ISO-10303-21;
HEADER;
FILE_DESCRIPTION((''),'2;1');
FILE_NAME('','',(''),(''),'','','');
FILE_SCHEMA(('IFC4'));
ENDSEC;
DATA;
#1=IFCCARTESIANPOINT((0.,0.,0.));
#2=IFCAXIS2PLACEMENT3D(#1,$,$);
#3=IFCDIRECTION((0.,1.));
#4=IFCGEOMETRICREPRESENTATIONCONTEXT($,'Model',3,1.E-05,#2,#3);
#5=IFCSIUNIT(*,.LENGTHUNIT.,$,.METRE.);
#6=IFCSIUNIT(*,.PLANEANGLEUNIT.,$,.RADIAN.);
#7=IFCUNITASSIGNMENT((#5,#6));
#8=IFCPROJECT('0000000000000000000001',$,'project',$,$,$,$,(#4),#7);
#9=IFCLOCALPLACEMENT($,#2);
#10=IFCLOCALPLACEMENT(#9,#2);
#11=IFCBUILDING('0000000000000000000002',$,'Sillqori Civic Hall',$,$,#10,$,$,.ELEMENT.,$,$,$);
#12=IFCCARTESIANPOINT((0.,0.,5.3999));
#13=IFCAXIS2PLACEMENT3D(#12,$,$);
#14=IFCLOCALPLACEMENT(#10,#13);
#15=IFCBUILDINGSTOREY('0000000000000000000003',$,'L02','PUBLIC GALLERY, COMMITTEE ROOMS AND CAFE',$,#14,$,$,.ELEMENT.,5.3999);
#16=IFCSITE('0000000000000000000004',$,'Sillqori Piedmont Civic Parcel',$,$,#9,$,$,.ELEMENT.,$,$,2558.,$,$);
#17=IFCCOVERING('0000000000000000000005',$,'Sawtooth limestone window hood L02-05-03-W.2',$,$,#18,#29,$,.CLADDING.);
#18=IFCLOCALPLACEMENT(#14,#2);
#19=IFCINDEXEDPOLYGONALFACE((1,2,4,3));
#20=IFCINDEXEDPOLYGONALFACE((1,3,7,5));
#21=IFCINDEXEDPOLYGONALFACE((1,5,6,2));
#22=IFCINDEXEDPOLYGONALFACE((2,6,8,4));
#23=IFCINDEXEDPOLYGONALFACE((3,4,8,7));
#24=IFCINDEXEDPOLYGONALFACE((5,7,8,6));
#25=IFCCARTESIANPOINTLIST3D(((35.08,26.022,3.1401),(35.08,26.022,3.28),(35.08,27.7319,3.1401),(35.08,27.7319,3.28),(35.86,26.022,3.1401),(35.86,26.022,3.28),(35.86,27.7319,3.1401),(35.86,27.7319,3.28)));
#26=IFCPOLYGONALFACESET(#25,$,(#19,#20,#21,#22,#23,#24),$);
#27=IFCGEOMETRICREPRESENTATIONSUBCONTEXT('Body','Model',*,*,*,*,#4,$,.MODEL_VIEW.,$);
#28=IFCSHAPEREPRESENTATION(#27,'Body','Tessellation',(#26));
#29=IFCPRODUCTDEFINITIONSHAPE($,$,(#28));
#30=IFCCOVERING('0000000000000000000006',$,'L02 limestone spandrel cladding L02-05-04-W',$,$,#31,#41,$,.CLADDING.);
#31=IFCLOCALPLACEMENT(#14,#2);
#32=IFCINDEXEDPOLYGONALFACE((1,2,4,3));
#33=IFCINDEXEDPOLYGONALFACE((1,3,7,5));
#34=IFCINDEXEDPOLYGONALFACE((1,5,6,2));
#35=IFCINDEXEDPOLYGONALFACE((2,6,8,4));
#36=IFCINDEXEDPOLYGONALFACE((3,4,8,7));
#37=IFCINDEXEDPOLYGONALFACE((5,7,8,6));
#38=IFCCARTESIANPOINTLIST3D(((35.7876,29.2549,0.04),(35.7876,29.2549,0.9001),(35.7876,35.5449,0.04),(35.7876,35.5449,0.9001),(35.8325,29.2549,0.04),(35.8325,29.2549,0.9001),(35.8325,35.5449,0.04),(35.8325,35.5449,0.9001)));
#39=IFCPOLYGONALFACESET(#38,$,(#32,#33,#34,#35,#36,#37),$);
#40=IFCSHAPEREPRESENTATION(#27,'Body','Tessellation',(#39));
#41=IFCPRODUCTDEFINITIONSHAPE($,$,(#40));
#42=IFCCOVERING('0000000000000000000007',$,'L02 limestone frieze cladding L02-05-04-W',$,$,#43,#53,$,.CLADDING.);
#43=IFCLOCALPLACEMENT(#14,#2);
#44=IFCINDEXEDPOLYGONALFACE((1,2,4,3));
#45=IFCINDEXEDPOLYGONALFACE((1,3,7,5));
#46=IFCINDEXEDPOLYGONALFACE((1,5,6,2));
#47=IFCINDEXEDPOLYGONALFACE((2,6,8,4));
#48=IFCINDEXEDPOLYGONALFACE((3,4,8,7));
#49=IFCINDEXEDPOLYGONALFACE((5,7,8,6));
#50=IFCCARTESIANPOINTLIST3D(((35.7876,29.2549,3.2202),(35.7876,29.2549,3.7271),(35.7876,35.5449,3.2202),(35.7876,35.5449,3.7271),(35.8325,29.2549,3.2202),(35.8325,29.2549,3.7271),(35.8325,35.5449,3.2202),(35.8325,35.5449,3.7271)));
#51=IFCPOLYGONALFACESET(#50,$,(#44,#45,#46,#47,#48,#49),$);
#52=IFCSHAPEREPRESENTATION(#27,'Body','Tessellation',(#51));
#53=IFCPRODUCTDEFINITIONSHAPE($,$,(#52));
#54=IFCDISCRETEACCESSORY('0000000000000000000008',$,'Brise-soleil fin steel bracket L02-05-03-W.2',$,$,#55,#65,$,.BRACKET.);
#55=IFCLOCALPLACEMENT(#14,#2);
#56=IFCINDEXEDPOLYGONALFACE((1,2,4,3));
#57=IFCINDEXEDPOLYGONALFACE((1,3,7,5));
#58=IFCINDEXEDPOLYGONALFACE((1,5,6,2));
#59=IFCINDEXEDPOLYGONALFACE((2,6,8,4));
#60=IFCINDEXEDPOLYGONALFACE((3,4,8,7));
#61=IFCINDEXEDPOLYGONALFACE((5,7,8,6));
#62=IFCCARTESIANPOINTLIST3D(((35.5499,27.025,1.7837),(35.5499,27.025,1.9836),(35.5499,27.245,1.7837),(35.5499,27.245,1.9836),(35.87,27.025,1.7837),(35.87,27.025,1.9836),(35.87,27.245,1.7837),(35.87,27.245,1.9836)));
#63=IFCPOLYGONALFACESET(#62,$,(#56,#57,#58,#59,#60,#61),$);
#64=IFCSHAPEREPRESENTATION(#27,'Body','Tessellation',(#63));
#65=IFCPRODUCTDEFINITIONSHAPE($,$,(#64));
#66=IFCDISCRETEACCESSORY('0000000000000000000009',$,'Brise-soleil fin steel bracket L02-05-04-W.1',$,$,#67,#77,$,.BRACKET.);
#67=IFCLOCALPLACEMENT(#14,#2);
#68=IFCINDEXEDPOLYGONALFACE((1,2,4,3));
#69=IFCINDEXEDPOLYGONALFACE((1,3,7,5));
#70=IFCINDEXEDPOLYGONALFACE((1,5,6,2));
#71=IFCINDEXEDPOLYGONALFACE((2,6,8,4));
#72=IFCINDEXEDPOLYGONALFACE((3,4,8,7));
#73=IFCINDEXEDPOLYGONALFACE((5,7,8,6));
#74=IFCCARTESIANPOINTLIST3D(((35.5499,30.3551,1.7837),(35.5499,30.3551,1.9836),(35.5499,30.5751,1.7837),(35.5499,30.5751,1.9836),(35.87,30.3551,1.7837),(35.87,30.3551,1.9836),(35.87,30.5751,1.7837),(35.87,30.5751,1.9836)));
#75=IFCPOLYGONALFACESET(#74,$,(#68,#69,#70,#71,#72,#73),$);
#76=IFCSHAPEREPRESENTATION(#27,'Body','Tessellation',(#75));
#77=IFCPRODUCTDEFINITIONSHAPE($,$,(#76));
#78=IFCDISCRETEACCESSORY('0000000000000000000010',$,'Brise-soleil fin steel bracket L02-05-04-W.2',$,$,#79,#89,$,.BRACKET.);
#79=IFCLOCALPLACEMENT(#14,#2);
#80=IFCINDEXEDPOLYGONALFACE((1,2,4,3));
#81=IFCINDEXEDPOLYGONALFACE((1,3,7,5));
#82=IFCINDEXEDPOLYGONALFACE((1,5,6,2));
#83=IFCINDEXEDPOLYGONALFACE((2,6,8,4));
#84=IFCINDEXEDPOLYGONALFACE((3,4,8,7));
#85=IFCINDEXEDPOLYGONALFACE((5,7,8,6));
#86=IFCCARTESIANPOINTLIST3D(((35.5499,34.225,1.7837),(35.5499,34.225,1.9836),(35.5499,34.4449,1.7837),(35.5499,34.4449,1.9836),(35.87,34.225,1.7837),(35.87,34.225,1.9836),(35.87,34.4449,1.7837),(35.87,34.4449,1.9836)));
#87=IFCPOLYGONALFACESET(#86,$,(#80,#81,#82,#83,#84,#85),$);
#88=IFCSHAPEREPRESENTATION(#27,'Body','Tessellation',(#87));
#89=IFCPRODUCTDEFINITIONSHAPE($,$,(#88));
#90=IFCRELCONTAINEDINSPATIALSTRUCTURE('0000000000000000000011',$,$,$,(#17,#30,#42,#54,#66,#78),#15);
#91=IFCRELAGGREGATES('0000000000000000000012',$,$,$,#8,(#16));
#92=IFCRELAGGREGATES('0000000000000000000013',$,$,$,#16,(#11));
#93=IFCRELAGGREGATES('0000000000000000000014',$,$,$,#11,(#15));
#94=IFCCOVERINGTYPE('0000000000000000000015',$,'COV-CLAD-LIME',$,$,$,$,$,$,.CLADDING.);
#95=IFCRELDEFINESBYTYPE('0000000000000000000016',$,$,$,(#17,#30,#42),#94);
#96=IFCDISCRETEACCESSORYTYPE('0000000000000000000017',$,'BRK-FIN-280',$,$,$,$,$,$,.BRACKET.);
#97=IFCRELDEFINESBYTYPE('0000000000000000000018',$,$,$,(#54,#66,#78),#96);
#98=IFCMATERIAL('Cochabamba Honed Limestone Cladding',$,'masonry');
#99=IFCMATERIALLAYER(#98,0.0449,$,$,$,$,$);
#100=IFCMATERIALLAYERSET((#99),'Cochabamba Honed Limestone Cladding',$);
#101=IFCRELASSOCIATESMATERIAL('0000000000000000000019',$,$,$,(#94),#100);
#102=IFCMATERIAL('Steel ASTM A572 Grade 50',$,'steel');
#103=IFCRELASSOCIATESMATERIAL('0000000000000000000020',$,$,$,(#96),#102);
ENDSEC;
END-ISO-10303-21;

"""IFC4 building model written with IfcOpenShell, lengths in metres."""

from ifc_helpers import new_model, si_unit, direction, frame, frame_2d, origin, origin_2d, place, context, subcontext, project, spatial, rectangle, extrude, material, layer, layer_set, type_object, element, save


model = new_model("IFC4")

# Units and contexts
model_context = context("Model", 3, precision=1e-05, world=origin(), true_north=direction((0.0, 1.0)))
body_context = subcontext(model_context, "Body", "Model", "MODEL_VIEW")
ifc_project = project(units=[si_unit("LENGTHUNIT", "METRE"), si_unit("PLANEANGLEUNIT", "RADIAN")], contexts=[model_context])

# Site, building, storey
site_placement = place(None, origin())
site = spatial("IfcSite", under=ifc_project, at=site_placement, Name="Sillqori Piedmont Civic Parcel", CompositionType="ELEMENT", RefElevation=2558.0)
building_placement = place(site_placement, origin())
building = spatial("IfcBuilding", under=site, at=building_placement, Name="Sillqori Civic Hall", CompositionType="ELEMENT")
storey_placement = place(building_placement, frame((0.0, 0.0, 5.3999)))
storey = spatial("IfcBuildingStorey", under=building, at=storey_placement, Name="L02", Description="PUBLIC GALLERY, COMMITTEE ROOMS AND CAFE", CompositionType="ELEMENT", Elevation=5.3999)

# Coverings
ifc_material_1 = material(Name="Cochabamba Honed Limestone Cladding", Category="masonry")
ifc_layer_1 = layer(ifc_material_1, 0.0449)
ifc_layer_set_1 = layer_set([ifc_layer_1], Name="Cochabamba Honed Limestone Cladding")
covering_type = type_object("IfcCoveringType", Name="COV-CLAD-LIME", PredefinedType="CLADDING", material=ifc_layer_set_1)
covering_1_placement = place(storey_placement, frame((35.47, 26.022, 3.1401), z_axis=(0.0, 0.0, 1.0), x_axis=(0.0, 1.0, 0.0)))
element("IfcCovering", 1, at=covering_1_placement, inside=storey, type_object=covering_type, Name="Sawtooth limestone window hood L02-05-03-W.2", PredefinedType="CLADDING", context=body_context, shape_type="SweptSolid", body=[
    extrude(rectangle(XDim=1.71, YDim=0.78, at=frame_2d((0.855, 0.0))), origin(), (0.0, 0.0, 1.0), 0.1399),
])
covering_2_placement = place(storey_placement, frame((35.8101, 29.2549, 0.04), z_axis=(0.0, 0.0, 1.0), x_axis=(0.0, 1.0, 0.0)))
element("IfcCovering", 2, at=covering_2_placement, inside=storey, type_object=covering_type, Name="L02 limestone spandrel cladding L02-05-04-W", PredefinedType="CLADDING", context=body_context, shape_type="SweptSolid", body=[
    extrude(rectangle(XDim=6.29, YDim=0.0449, at=frame_2d((3.145, 0.0))), origin(), (0.0, 0.0, 1.0), 0.8601),
])
covering_3_placement = place(storey_placement, frame((35.8101, 29.2549, 3.2202), z_axis=(0.0, 0.0, 1.0), x_axis=(0.0, 1.0, 0.0)))
element("IfcCovering", 3, at=covering_3_placement, inside=storey, type_object=covering_type, Name="L02 limestone frieze cladding L02-05-04-W", PredefinedType="CLADDING", context=body_context, shape_type="SweptSolid", body=[
    extrude(rectangle(XDim=6.29, YDim=0.0449, at=frame_2d((3.145, 0.0))), origin(), (0.0, 0.0, 1.0), 0.5068),
])

# Discrete accessories
ifc_material_2 = material(Name="Steel ASTM A572 Grade 50", Category="steel")
discrete_accessory_type = type_object("IfcDiscreteAccessoryType", Name="BRK-FIN-280", PredefinedType="BRACKET", material=ifc_material_2)
for number, where, z_axis, x_axis, name in (
    (4, (35.71, 27.135, 1.7837), (0.0, 0.0, 1.0), (0.0, 1.0, 0.0), "Brise-soleil fin steel bracket L02-05-03-W.2"),
    (5, (35.71, 30.4651, 1.7837), (0.0, 0.0, 1.0), (0.0, 1.0, 0.0), "Brise-soleil fin steel bracket L02-05-04-W.1"),
    (6, (35.71, 34.335, 1.7837), (0.0, 0.0, 1.0), (0.0, 1.0, 0.0), "Brise-soleil fin steel bracket L02-05-04-W.2"),
):
    element("IfcDiscreteAccessory", number, at=place(storey_placement, frame(where, z_axis=z_axis, x_axis=x_axis)), inside=storey, type_object=discrete_accessory_type, Name=name, PredefinedType="BRACKET", context=body_context, shape_type="SweptSolid", body=[
        extrude(rectangle(XDim=0.22, YDim=0.3201, at=origin_2d()), origin(), (0.0, 0.0, 1.0), 0.2),
    ])

save(model, "model.ifc")
